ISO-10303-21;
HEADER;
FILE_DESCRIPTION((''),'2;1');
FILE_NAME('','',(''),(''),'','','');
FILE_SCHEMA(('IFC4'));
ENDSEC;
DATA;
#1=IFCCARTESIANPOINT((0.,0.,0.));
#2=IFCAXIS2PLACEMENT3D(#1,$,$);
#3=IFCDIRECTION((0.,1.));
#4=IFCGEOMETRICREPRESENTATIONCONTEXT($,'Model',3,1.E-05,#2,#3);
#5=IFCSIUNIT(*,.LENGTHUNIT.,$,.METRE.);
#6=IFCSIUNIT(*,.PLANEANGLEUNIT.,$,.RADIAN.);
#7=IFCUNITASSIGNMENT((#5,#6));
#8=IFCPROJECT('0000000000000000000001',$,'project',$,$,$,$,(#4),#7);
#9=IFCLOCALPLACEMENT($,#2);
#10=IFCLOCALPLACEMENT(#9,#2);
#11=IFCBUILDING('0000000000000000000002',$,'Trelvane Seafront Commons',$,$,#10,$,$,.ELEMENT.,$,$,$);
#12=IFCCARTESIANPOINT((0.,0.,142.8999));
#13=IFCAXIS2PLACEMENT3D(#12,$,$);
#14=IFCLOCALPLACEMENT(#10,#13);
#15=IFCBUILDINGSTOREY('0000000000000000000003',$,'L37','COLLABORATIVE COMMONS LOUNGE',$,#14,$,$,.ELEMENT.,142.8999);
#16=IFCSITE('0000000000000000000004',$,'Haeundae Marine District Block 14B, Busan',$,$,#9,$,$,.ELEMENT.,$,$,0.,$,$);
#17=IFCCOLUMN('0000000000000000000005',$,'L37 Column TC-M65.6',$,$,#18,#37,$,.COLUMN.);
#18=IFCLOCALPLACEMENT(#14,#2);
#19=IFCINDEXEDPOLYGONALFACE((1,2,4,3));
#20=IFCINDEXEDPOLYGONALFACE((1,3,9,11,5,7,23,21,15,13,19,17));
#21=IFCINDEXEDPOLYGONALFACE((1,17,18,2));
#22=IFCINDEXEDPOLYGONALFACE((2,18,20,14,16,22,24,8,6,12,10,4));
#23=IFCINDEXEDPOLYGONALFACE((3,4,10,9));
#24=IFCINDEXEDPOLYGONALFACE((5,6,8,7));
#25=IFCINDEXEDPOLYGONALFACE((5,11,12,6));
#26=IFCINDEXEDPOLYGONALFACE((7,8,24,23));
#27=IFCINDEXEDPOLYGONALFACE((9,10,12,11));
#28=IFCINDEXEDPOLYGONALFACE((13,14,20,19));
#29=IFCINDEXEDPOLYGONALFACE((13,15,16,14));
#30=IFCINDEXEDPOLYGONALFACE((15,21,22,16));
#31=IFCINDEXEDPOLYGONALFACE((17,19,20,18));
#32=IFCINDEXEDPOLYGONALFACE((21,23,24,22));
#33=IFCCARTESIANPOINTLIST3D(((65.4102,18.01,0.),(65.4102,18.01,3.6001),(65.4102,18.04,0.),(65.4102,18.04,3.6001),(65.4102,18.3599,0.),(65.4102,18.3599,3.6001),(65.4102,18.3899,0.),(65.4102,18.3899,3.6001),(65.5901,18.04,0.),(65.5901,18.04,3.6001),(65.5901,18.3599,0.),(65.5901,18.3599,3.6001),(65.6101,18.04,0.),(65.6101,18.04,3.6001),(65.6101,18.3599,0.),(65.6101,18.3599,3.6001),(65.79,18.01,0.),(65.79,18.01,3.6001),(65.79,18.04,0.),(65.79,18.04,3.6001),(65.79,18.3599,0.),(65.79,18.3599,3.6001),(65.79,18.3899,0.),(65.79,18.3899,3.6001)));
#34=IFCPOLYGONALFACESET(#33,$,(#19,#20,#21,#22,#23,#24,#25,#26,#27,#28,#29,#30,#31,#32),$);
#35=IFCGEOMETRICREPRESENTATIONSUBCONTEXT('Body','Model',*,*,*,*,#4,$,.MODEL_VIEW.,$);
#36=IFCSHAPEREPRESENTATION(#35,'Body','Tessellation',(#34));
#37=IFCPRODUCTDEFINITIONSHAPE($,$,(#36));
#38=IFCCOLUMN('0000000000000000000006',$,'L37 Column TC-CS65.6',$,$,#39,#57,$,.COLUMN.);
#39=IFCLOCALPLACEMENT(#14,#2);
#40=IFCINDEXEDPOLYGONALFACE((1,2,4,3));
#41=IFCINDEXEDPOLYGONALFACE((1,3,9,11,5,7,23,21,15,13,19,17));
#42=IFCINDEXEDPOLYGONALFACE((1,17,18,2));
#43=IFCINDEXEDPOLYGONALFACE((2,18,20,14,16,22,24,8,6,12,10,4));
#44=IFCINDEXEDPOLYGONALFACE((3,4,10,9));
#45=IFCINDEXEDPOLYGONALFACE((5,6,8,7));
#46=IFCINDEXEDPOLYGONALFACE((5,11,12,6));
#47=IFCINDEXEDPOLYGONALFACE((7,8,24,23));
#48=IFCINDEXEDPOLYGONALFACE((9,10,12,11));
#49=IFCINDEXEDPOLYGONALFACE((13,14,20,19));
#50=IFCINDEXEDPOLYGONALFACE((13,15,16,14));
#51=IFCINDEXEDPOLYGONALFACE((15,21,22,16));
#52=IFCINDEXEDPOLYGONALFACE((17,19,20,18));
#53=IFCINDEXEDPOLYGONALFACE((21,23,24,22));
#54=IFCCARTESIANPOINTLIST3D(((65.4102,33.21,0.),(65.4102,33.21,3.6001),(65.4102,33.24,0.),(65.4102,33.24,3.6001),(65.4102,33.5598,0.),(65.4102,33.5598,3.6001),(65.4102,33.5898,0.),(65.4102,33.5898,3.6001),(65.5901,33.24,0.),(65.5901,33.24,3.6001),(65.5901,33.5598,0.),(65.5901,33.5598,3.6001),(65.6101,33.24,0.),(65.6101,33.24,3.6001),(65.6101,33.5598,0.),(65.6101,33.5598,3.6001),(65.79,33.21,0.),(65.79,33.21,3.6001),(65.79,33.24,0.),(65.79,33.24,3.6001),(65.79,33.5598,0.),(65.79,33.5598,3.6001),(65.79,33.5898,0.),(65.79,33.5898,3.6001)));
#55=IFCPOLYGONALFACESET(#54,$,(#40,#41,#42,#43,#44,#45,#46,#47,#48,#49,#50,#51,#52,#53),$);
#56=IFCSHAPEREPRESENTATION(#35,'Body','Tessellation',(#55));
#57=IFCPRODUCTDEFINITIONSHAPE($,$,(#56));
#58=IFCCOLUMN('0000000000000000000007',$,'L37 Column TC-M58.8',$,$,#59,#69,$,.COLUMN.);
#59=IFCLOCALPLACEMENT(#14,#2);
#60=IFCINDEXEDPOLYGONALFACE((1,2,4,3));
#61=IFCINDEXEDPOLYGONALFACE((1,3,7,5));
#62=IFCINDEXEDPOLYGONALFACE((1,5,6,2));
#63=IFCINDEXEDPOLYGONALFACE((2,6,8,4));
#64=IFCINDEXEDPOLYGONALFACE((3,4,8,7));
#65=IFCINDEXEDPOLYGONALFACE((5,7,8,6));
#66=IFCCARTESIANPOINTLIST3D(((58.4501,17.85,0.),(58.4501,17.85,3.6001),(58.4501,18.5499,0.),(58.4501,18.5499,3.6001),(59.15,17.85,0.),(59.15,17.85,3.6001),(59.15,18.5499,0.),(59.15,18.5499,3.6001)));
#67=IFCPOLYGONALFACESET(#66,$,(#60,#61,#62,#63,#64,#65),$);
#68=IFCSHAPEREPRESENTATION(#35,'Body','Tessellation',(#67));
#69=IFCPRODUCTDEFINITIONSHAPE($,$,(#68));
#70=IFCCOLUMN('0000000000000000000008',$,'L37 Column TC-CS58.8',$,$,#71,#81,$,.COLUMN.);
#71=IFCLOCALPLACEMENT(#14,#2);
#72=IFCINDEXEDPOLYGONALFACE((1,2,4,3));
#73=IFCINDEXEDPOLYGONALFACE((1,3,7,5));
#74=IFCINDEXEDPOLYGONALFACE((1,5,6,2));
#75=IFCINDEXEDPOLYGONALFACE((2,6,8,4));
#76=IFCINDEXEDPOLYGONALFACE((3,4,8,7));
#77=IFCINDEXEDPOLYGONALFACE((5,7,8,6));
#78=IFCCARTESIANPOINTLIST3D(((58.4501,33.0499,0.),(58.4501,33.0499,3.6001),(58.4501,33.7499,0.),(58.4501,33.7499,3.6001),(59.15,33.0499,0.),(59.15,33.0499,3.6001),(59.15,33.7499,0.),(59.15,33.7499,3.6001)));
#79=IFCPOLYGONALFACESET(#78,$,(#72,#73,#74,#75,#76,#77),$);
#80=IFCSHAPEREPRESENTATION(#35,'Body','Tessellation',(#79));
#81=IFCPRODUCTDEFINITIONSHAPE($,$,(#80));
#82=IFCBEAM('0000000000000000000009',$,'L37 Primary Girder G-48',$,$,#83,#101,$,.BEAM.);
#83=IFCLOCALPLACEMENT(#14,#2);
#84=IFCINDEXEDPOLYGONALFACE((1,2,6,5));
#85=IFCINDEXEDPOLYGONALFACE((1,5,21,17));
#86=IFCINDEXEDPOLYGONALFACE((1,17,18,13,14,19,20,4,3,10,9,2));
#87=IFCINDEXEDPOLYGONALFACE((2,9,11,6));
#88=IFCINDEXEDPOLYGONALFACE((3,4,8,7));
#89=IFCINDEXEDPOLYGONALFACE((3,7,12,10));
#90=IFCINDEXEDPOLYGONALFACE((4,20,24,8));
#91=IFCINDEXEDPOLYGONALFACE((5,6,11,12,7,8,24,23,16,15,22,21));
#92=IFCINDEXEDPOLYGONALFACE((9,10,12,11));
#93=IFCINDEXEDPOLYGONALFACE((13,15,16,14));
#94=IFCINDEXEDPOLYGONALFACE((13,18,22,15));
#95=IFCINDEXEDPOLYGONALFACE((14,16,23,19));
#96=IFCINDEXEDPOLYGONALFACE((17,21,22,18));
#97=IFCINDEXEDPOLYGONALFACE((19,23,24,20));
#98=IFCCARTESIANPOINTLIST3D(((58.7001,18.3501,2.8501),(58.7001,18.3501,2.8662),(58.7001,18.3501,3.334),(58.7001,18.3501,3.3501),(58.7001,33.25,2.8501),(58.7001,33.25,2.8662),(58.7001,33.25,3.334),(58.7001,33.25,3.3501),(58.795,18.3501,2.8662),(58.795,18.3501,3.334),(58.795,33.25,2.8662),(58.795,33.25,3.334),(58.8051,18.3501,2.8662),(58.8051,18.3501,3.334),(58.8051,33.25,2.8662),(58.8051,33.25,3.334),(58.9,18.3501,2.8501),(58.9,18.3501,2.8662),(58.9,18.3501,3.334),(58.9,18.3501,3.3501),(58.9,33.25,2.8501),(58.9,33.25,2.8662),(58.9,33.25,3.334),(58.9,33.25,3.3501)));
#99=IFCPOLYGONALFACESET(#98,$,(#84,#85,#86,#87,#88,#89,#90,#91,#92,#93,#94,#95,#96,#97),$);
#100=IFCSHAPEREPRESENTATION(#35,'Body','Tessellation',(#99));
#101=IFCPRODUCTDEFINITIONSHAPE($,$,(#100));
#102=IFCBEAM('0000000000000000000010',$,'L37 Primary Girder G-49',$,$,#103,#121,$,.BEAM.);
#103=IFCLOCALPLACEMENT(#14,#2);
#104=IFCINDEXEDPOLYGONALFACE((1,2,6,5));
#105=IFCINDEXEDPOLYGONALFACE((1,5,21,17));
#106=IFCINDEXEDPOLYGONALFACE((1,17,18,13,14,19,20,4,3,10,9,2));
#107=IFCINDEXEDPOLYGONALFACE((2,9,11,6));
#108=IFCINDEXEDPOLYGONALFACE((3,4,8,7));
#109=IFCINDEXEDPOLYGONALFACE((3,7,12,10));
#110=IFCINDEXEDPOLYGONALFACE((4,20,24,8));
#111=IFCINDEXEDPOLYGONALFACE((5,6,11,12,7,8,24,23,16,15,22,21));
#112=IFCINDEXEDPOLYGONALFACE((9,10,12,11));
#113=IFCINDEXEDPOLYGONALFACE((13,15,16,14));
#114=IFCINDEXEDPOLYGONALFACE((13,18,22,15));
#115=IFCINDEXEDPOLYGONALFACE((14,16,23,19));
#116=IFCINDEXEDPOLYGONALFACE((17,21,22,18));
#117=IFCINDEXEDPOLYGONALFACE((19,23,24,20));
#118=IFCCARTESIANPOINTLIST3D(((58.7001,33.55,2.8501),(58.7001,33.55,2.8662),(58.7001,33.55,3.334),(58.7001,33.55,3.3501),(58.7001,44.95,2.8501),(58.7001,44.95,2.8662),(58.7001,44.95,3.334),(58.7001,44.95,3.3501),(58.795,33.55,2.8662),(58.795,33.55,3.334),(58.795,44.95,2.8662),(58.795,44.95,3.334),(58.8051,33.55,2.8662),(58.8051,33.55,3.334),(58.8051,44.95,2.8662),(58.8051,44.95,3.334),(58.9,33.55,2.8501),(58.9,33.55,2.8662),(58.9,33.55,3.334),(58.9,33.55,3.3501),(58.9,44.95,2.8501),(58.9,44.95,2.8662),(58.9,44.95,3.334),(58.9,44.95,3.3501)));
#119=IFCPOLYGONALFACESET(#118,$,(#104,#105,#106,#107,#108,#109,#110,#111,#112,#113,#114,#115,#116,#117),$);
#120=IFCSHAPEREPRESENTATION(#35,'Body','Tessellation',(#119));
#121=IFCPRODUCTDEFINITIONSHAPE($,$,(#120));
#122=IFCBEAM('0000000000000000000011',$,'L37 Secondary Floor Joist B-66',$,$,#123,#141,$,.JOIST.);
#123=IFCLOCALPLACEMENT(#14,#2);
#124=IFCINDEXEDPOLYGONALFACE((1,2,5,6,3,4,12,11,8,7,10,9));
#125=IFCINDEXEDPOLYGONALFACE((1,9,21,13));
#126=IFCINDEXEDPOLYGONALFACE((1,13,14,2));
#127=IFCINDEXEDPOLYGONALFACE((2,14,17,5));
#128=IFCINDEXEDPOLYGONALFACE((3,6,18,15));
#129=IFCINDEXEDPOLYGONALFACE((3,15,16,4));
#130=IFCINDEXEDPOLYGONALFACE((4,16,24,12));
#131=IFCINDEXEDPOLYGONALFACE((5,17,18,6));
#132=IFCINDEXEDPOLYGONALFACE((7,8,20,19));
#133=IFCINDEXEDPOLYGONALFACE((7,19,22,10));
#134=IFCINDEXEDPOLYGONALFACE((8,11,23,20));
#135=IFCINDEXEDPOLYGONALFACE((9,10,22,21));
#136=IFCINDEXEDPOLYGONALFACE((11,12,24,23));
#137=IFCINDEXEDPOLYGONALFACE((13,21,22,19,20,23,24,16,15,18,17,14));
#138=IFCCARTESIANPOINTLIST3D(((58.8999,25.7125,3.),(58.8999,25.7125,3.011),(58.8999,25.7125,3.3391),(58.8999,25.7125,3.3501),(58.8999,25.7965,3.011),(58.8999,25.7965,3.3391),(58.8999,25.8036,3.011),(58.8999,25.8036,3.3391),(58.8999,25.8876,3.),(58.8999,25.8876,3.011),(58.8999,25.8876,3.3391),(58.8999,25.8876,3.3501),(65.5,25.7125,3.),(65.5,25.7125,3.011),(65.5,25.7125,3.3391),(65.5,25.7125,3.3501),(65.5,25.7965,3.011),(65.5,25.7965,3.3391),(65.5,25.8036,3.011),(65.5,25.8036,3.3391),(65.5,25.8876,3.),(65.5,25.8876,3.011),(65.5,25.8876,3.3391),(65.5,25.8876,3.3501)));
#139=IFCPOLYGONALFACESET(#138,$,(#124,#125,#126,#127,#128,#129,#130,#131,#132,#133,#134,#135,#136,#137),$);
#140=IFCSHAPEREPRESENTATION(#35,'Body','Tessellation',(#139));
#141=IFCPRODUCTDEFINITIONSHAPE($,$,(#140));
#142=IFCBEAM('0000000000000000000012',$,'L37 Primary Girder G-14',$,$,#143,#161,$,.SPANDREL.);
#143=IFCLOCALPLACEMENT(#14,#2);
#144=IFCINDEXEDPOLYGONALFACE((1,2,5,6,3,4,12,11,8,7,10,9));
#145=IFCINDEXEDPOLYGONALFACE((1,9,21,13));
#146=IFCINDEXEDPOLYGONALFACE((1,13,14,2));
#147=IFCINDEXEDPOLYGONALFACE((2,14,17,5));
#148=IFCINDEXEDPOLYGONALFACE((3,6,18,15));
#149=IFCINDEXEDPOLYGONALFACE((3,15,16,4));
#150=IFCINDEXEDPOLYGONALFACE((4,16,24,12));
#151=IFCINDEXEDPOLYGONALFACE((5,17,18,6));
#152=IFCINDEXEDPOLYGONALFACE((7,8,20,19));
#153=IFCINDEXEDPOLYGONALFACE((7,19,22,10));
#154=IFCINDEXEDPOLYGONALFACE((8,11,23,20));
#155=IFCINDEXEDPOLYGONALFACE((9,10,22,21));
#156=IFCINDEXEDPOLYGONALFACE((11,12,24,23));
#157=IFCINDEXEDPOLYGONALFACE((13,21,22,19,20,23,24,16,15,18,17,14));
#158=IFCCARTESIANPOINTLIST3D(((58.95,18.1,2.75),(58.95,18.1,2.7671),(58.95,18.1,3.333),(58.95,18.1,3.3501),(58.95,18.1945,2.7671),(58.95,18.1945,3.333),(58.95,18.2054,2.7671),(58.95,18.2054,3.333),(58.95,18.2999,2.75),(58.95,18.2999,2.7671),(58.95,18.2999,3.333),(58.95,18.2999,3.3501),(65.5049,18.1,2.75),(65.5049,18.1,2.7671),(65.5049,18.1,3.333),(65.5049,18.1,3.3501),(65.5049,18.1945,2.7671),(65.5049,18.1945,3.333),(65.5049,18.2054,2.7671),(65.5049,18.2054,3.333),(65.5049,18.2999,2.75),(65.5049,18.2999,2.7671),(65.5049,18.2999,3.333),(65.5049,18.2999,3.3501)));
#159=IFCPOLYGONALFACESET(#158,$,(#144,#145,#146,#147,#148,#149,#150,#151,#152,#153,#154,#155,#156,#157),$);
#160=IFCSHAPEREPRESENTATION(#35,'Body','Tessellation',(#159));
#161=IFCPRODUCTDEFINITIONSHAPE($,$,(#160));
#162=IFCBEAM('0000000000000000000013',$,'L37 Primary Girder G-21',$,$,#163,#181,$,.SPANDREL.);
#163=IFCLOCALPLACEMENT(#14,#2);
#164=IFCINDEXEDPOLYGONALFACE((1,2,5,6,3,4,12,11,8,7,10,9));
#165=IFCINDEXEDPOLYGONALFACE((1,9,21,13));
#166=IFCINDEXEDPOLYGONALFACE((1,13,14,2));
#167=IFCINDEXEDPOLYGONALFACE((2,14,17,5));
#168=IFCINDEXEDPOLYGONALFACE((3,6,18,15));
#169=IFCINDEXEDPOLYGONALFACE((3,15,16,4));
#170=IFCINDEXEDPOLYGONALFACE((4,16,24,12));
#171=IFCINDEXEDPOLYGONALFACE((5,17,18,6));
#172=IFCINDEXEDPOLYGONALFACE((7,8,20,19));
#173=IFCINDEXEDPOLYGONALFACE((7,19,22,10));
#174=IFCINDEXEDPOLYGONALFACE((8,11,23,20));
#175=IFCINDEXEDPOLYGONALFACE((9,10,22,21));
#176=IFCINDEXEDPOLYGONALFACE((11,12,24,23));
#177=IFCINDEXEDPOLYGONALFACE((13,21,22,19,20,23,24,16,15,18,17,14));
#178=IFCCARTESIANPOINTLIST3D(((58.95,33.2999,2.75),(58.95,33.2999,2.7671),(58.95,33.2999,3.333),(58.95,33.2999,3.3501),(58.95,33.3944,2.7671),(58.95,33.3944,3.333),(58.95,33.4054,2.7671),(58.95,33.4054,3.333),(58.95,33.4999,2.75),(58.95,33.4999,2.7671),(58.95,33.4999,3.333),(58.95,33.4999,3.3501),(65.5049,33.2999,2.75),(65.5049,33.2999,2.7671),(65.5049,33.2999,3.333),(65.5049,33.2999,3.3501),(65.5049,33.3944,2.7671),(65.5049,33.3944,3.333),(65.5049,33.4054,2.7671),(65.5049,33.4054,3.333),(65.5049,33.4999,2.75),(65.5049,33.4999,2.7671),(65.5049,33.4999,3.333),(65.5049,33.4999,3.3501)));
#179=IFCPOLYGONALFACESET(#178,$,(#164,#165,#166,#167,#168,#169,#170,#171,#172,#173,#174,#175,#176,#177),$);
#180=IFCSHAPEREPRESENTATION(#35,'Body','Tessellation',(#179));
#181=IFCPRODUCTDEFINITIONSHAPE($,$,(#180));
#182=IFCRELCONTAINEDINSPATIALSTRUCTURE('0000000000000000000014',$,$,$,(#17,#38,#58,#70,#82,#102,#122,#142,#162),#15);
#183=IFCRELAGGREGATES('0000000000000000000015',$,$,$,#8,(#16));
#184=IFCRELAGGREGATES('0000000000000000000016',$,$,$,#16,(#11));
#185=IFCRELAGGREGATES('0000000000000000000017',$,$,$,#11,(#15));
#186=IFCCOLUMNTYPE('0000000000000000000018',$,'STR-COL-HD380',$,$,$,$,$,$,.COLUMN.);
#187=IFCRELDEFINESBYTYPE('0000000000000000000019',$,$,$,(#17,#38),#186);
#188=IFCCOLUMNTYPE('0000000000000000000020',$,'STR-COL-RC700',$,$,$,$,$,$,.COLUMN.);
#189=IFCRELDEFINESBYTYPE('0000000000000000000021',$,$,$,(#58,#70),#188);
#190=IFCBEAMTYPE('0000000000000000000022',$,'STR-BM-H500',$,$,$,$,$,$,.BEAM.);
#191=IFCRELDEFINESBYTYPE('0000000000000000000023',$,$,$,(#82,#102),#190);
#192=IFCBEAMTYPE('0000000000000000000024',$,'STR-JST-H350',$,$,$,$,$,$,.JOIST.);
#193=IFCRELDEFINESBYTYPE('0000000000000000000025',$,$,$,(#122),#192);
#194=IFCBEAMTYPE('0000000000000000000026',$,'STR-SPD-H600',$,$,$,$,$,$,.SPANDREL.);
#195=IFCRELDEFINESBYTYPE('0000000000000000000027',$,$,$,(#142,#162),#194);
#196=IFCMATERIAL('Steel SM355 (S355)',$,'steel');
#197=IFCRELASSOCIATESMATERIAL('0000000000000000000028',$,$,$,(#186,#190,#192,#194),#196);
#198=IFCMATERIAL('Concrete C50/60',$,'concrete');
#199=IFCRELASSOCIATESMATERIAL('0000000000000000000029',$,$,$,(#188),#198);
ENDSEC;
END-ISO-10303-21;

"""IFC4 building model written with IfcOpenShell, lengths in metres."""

from ifc_helpers import new_model, si_unit, direction, frame, origin, origin_2d, place, context, subcontext, project, spatial, rectangle, i_section, extrude, source, transform, mapped, material, material_profile, profile_set, type_object, element, save


model = new_model("IFC4")

# Units and contexts
model_context = context("Model", 3, precision=1e-05, world=origin(), true_north=direction((0.0, 1.0)))
body_context = subcontext(model_context, "Body", "Model", "MODEL_VIEW")
ifc_project = project(units=[si_unit("LENGTHUNIT", "METRE"), si_unit("PLANEANGLEUNIT", "RADIAN")], contexts=[model_context])

# Site, building, storey
site_placement = place(None, origin())
site = spatial("IfcSite", under=ifc_project, at=site_placement, Name="Haeundae Marine District Block 14B, Busan", CompositionType="ELEMENT", RefElevation=0.0)
building_placement = place(site_placement, origin())
building = spatial("IfcBuilding", under=site, at=building_placement, Name="Trelvane Seafront Commons", CompositionType="ELEMENT")
storey_placement = place(building_placement, frame((0.0, 0.0, 142.8999)))
storey = spatial("IfcBuildingStorey", under=building, at=storey_placement, Name="L37", Description="COLLABORATIVE COMMONS LOUNGE", CompositionType="ELEMENT", Elevation=142.8999)

# Columns
ifc_material_1 = material(Name="Steel SM355 (S355)", Category="steel")
ifc_material_profile_1 = material_profile(ifc_material_1, i_section(OverallWidth=0.3799, OverallDepth=0.3799, WebThickness=0.02, FlangeThickness=0.03, at=origin_2d()), Name="HD-380x380x20x30")
ifc_profile_set_1 = profile_set([ifc_material_profile_1], Name="Steel SM355 (S355)")
column_type_1 = type_object("IfcColumnType", Name="STR-COL-HD380", PredefinedType="COLUMN", material=ifc_profile_set_1)
shared_shape_1 = source(origin(), body_context, "Body", "SweptSolid", [
    extrude(i_section(OverallWidth=0.3799, OverallDepth=0.3799, WebThickness=0.02, FlangeThickness=0.03, at=origin_2d()), origin(), (0.0, 0.0, 1.0), 3.6001),
])
for number, where, z_axis, x_axis, name in (
    (1, (65.6001, 18.2, 0.0), (0.0, 0.0, 1.0), (1.0, 0.0, 0.0), "L37 Column TC-M65.6"),
    (2, (65.6001, 33.3999, 0.0), (0.0, 0.0, 1.0), (1.0, 0.0, 0.0), "L37 Column TC-CS65.6"),
):
    element("IfcColumn", number, at=place(storey_placement, frame(where, z_axis=z_axis, x_axis=x_axis)), inside=storey, type_object=column_type_1, Name=name, PredefinedType="COLUMN", context=body_context, shape_type="MappedRepresentation", body=[
        mapped(shared_shape_1, transform((0.0, 0.0, 0.0), x_axis=(1.0, 0.0, 0.0), y_axis=(0.0, 1.0, 0.0), z_axis=(0.0, 0.0, 1.0), scale=1.0)),
    ])
ifc_material_2 = material(Name="Concrete C50/60", Category="concrete")
ifc_material_profile_2 = material_profile(ifc_material_2, rectangle(XDim=0.7, YDim=0.7, at=origin_2d()), Name="RC-700x700")
ifc_profile_set_2 = profile_set([ifc_material_profile_2], Name="Concrete C50/60")
column_type_2 = type_object("IfcColumnType", Name="STR-COL-RC700", PredefinedType="COLUMN", material=ifc_profile_set_2)
shared_shape_2 = source(origin(), body_context, "Body", "SweptSolid", [
    extrude(rectangle(XDim=0.7, YDim=0.7, at=origin_2d()), origin(), (0.0, 0.0, 1.0), 3.6001),
])
for number, where, z_axis, x_axis, name in (
    (3, (58.8, 18.2, 0.0), (0.0, 0.0, 1.0), (1.0, 0.0, 0.0), "L37 Column TC-M58.8"),
    (4, (58.8, 33.3999, 0.0), (0.0, 0.0, 1.0), (1.0, 0.0, 0.0), "L37 Column TC-CS58.8"),
):
    element("IfcColumn", number, at=place(storey_placement, frame(where, z_axis=z_axis, x_axis=x_axis)), inside=storey, type_object=column_type_2, Name=name, PredefinedType="COLUMN", context=body_context, shape_type="MappedRepresentation", body=[
        mapped(shared_shape_2, transform((0.0, 0.0, 0.0), x_axis=(1.0, 0.0, 0.0), y_axis=(0.0, 1.0, 0.0), z_axis=(0.0, 0.0, 1.0), scale=1.0)),
    ])

# Beams
ifc_material_profile_3 = material_profile(ifc_material_1, i_section(OverallWidth=0.2, OverallDepth=0.5, WebThickness=0.01, FlangeThickness=0.0161, at=origin_2d()), Name="H-500x200x10x16")
ifc_profile_set_3 = profile_set([ifc_material_profile_3], Name="Steel SM355 (S355)")
beam_type_1 = type_object("IfcBeamType", Name="STR-BM-H500", PredefinedType="BEAM", material=ifc_profile_set_3)
shared_shape_3 = source(origin(), body_context, "Body", "SweptSolid", [
    extrude(i_section(OverallWidth=0.2, OverallDepth=0.5, WebThickness=0.01, FlangeThickness=0.0161, at=origin_2d()), origin(), (0.0, 0.0, 1.0), 14.8999),
])
beam_1_placement = place(storey_placement, frame((58.8, 18.3501, 3.1001), z_axis=(0.0, 1.0, 0.0), x_axis=(-1.0, 0.0, 0.0)))
element("IfcBeam", 5, at=beam_1_placement, inside=storey, type_object=beam_type_1, Name="L37 Primary Girder G-48", PredefinedType="BEAM", context=body_context, shape_type="MappedRepresentation", body=[
    mapped(shared_shape_3, transform((0.0, 0.0, 0.0), x_axis=(1.0, 0.0, 0.0), y_axis=(0.0, 1.0, 0.0), z_axis=(0.0, 0.0, 1.0), scale=1.0)),
])
shared_shape_4 = source(origin(), body_context, "Body", "SweptSolid", [
    extrude(i_section(OverallWidth=0.2, OverallDepth=0.5, WebThickness=0.01, FlangeThickness=0.0161, at=origin_2d()), origin(), (0.0, 0.0, 1.0), 11.3999),
])
beam_2_placement = place(storey_placement, frame((58.8, 33.55, 3.1001), z_axis=(0.0, 1.0, 0.0), x_axis=(-1.0, 0.0, 0.0)))
element("IfcBeam", 6, at=beam_2_placement, inside=storey, type_object=beam_type_1, Name="L37 Primary Girder G-49", PredefinedType="BEAM", context=body_context, shape_type="MappedRepresentation", body=[
    mapped(shared_shape_4, transform((0.0, 0.0, 0.0), x_axis=(1.0, 0.0, 0.0), y_axis=(0.0, 1.0, 0.0), z_axis=(0.0, 0.0, 1.0), scale=1.0)),
])
ifc_material_profile_4 = material_profile(ifc_material_1, i_section(OverallWidth=0.175, OverallDepth=0.3501, WebThickness=0.0071, FlangeThickness=0.011, at=origin_2d()), Name="H-350x175x7x11")
ifc_profile_set_4 = profile_set([ifc_material_profile_4], Name="Steel SM355 (S355)")
beam_type_2 = type_object("IfcBeamType", Name="STR-JST-H350", PredefinedType="JOIST", material=ifc_profile_set_4)
shared_shape_5 = source(origin(), body_context, "Body", "SweptSolid", [
    extrude(i_section(OverallWidth=0.175, OverallDepth=0.3501, WebThickness=0.0071, FlangeThickness=0.011, at=origin_2d()), origin(), (0.0, 0.0, 1.0), 6.6001),
])
beam_3_placement = place(storey_placement, frame((58.8999, 25.8, 3.175), z_axis=(1.0, 0.0, 0.0), x_axis=(0.0, 1.0, 0.0)))
element("IfcBeam", 7, at=beam_3_placement, inside=storey, type_object=beam_type_2, Name="L37 Secondary Floor Joist B-66", PredefinedType="JOIST", context=body_context, shape_type="MappedRepresentation", body=[
    mapped(shared_shape_5, transform((0.0, 0.0, 0.0), x_axis=(1.0, 0.0, 0.0), y_axis=(0.0, 1.0, 0.0), z_axis=(0.0, 0.0, 1.0), scale=1.0)),
])
ifc_material_profile_5 = material_profile(ifc_material_1, i_section(OverallWidth=0.2, OverallDepth=0.6001, WebThickness=0.011, FlangeThickness=0.0171, at=origin_2d()), Name="H-600x200x11x17")
ifc_profile_set_5 = profile_set([ifc_material_profile_5], Name="Steel SM355 (S355)")
beam_type_3 = type_object("IfcBeamType", Name="STR-SPD-H600", PredefinedType="SPANDREL", material=ifc_profile_set_5)
shared_shape_6 = source(origin(), body_context, "Body", "SweptSolid", [
    extrude(i_section(OverallWidth=0.2, OverallDepth=0.6001, WebThickness=0.011, FlangeThickness=0.0171, at=origin_2d()), origin(), (0.0, 0.0, 1.0), 6.5549),
])
for number, where, z_axis, x_axis, name in (
    (8, (58.95, 18.2, 3.05), (1.0, 0.0, 0.0), (0.0, 1.0, 0.0), "L37 Primary Girder G-14"),
    (9, (58.95, 33.3999, 3.05), (1.0, 0.0, 0.0), (0.0, 1.0, 0.0), "L37 Primary Girder G-21"),
):
    element("IfcBeam", number, at=place(storey_placement, frame(where, z_axis=z_axis, x_axis=x_axis)), inside=storey, type_object=beam_type_3, Name=name, PredefinedType="SPANDREL", context=body_context, shape_type="MappedRepresentation", body=[
        mapped(shared_shape_6, transform((0.0, 0.0, 0.0), x_axis=(1.0, 0.0, 0.0), y_axis=(0.0, 1.0, 0.0), z_axis=(0.0, 0.0, 1.0), scale=1.0)),
    ])

save(model, "model.ifc")
